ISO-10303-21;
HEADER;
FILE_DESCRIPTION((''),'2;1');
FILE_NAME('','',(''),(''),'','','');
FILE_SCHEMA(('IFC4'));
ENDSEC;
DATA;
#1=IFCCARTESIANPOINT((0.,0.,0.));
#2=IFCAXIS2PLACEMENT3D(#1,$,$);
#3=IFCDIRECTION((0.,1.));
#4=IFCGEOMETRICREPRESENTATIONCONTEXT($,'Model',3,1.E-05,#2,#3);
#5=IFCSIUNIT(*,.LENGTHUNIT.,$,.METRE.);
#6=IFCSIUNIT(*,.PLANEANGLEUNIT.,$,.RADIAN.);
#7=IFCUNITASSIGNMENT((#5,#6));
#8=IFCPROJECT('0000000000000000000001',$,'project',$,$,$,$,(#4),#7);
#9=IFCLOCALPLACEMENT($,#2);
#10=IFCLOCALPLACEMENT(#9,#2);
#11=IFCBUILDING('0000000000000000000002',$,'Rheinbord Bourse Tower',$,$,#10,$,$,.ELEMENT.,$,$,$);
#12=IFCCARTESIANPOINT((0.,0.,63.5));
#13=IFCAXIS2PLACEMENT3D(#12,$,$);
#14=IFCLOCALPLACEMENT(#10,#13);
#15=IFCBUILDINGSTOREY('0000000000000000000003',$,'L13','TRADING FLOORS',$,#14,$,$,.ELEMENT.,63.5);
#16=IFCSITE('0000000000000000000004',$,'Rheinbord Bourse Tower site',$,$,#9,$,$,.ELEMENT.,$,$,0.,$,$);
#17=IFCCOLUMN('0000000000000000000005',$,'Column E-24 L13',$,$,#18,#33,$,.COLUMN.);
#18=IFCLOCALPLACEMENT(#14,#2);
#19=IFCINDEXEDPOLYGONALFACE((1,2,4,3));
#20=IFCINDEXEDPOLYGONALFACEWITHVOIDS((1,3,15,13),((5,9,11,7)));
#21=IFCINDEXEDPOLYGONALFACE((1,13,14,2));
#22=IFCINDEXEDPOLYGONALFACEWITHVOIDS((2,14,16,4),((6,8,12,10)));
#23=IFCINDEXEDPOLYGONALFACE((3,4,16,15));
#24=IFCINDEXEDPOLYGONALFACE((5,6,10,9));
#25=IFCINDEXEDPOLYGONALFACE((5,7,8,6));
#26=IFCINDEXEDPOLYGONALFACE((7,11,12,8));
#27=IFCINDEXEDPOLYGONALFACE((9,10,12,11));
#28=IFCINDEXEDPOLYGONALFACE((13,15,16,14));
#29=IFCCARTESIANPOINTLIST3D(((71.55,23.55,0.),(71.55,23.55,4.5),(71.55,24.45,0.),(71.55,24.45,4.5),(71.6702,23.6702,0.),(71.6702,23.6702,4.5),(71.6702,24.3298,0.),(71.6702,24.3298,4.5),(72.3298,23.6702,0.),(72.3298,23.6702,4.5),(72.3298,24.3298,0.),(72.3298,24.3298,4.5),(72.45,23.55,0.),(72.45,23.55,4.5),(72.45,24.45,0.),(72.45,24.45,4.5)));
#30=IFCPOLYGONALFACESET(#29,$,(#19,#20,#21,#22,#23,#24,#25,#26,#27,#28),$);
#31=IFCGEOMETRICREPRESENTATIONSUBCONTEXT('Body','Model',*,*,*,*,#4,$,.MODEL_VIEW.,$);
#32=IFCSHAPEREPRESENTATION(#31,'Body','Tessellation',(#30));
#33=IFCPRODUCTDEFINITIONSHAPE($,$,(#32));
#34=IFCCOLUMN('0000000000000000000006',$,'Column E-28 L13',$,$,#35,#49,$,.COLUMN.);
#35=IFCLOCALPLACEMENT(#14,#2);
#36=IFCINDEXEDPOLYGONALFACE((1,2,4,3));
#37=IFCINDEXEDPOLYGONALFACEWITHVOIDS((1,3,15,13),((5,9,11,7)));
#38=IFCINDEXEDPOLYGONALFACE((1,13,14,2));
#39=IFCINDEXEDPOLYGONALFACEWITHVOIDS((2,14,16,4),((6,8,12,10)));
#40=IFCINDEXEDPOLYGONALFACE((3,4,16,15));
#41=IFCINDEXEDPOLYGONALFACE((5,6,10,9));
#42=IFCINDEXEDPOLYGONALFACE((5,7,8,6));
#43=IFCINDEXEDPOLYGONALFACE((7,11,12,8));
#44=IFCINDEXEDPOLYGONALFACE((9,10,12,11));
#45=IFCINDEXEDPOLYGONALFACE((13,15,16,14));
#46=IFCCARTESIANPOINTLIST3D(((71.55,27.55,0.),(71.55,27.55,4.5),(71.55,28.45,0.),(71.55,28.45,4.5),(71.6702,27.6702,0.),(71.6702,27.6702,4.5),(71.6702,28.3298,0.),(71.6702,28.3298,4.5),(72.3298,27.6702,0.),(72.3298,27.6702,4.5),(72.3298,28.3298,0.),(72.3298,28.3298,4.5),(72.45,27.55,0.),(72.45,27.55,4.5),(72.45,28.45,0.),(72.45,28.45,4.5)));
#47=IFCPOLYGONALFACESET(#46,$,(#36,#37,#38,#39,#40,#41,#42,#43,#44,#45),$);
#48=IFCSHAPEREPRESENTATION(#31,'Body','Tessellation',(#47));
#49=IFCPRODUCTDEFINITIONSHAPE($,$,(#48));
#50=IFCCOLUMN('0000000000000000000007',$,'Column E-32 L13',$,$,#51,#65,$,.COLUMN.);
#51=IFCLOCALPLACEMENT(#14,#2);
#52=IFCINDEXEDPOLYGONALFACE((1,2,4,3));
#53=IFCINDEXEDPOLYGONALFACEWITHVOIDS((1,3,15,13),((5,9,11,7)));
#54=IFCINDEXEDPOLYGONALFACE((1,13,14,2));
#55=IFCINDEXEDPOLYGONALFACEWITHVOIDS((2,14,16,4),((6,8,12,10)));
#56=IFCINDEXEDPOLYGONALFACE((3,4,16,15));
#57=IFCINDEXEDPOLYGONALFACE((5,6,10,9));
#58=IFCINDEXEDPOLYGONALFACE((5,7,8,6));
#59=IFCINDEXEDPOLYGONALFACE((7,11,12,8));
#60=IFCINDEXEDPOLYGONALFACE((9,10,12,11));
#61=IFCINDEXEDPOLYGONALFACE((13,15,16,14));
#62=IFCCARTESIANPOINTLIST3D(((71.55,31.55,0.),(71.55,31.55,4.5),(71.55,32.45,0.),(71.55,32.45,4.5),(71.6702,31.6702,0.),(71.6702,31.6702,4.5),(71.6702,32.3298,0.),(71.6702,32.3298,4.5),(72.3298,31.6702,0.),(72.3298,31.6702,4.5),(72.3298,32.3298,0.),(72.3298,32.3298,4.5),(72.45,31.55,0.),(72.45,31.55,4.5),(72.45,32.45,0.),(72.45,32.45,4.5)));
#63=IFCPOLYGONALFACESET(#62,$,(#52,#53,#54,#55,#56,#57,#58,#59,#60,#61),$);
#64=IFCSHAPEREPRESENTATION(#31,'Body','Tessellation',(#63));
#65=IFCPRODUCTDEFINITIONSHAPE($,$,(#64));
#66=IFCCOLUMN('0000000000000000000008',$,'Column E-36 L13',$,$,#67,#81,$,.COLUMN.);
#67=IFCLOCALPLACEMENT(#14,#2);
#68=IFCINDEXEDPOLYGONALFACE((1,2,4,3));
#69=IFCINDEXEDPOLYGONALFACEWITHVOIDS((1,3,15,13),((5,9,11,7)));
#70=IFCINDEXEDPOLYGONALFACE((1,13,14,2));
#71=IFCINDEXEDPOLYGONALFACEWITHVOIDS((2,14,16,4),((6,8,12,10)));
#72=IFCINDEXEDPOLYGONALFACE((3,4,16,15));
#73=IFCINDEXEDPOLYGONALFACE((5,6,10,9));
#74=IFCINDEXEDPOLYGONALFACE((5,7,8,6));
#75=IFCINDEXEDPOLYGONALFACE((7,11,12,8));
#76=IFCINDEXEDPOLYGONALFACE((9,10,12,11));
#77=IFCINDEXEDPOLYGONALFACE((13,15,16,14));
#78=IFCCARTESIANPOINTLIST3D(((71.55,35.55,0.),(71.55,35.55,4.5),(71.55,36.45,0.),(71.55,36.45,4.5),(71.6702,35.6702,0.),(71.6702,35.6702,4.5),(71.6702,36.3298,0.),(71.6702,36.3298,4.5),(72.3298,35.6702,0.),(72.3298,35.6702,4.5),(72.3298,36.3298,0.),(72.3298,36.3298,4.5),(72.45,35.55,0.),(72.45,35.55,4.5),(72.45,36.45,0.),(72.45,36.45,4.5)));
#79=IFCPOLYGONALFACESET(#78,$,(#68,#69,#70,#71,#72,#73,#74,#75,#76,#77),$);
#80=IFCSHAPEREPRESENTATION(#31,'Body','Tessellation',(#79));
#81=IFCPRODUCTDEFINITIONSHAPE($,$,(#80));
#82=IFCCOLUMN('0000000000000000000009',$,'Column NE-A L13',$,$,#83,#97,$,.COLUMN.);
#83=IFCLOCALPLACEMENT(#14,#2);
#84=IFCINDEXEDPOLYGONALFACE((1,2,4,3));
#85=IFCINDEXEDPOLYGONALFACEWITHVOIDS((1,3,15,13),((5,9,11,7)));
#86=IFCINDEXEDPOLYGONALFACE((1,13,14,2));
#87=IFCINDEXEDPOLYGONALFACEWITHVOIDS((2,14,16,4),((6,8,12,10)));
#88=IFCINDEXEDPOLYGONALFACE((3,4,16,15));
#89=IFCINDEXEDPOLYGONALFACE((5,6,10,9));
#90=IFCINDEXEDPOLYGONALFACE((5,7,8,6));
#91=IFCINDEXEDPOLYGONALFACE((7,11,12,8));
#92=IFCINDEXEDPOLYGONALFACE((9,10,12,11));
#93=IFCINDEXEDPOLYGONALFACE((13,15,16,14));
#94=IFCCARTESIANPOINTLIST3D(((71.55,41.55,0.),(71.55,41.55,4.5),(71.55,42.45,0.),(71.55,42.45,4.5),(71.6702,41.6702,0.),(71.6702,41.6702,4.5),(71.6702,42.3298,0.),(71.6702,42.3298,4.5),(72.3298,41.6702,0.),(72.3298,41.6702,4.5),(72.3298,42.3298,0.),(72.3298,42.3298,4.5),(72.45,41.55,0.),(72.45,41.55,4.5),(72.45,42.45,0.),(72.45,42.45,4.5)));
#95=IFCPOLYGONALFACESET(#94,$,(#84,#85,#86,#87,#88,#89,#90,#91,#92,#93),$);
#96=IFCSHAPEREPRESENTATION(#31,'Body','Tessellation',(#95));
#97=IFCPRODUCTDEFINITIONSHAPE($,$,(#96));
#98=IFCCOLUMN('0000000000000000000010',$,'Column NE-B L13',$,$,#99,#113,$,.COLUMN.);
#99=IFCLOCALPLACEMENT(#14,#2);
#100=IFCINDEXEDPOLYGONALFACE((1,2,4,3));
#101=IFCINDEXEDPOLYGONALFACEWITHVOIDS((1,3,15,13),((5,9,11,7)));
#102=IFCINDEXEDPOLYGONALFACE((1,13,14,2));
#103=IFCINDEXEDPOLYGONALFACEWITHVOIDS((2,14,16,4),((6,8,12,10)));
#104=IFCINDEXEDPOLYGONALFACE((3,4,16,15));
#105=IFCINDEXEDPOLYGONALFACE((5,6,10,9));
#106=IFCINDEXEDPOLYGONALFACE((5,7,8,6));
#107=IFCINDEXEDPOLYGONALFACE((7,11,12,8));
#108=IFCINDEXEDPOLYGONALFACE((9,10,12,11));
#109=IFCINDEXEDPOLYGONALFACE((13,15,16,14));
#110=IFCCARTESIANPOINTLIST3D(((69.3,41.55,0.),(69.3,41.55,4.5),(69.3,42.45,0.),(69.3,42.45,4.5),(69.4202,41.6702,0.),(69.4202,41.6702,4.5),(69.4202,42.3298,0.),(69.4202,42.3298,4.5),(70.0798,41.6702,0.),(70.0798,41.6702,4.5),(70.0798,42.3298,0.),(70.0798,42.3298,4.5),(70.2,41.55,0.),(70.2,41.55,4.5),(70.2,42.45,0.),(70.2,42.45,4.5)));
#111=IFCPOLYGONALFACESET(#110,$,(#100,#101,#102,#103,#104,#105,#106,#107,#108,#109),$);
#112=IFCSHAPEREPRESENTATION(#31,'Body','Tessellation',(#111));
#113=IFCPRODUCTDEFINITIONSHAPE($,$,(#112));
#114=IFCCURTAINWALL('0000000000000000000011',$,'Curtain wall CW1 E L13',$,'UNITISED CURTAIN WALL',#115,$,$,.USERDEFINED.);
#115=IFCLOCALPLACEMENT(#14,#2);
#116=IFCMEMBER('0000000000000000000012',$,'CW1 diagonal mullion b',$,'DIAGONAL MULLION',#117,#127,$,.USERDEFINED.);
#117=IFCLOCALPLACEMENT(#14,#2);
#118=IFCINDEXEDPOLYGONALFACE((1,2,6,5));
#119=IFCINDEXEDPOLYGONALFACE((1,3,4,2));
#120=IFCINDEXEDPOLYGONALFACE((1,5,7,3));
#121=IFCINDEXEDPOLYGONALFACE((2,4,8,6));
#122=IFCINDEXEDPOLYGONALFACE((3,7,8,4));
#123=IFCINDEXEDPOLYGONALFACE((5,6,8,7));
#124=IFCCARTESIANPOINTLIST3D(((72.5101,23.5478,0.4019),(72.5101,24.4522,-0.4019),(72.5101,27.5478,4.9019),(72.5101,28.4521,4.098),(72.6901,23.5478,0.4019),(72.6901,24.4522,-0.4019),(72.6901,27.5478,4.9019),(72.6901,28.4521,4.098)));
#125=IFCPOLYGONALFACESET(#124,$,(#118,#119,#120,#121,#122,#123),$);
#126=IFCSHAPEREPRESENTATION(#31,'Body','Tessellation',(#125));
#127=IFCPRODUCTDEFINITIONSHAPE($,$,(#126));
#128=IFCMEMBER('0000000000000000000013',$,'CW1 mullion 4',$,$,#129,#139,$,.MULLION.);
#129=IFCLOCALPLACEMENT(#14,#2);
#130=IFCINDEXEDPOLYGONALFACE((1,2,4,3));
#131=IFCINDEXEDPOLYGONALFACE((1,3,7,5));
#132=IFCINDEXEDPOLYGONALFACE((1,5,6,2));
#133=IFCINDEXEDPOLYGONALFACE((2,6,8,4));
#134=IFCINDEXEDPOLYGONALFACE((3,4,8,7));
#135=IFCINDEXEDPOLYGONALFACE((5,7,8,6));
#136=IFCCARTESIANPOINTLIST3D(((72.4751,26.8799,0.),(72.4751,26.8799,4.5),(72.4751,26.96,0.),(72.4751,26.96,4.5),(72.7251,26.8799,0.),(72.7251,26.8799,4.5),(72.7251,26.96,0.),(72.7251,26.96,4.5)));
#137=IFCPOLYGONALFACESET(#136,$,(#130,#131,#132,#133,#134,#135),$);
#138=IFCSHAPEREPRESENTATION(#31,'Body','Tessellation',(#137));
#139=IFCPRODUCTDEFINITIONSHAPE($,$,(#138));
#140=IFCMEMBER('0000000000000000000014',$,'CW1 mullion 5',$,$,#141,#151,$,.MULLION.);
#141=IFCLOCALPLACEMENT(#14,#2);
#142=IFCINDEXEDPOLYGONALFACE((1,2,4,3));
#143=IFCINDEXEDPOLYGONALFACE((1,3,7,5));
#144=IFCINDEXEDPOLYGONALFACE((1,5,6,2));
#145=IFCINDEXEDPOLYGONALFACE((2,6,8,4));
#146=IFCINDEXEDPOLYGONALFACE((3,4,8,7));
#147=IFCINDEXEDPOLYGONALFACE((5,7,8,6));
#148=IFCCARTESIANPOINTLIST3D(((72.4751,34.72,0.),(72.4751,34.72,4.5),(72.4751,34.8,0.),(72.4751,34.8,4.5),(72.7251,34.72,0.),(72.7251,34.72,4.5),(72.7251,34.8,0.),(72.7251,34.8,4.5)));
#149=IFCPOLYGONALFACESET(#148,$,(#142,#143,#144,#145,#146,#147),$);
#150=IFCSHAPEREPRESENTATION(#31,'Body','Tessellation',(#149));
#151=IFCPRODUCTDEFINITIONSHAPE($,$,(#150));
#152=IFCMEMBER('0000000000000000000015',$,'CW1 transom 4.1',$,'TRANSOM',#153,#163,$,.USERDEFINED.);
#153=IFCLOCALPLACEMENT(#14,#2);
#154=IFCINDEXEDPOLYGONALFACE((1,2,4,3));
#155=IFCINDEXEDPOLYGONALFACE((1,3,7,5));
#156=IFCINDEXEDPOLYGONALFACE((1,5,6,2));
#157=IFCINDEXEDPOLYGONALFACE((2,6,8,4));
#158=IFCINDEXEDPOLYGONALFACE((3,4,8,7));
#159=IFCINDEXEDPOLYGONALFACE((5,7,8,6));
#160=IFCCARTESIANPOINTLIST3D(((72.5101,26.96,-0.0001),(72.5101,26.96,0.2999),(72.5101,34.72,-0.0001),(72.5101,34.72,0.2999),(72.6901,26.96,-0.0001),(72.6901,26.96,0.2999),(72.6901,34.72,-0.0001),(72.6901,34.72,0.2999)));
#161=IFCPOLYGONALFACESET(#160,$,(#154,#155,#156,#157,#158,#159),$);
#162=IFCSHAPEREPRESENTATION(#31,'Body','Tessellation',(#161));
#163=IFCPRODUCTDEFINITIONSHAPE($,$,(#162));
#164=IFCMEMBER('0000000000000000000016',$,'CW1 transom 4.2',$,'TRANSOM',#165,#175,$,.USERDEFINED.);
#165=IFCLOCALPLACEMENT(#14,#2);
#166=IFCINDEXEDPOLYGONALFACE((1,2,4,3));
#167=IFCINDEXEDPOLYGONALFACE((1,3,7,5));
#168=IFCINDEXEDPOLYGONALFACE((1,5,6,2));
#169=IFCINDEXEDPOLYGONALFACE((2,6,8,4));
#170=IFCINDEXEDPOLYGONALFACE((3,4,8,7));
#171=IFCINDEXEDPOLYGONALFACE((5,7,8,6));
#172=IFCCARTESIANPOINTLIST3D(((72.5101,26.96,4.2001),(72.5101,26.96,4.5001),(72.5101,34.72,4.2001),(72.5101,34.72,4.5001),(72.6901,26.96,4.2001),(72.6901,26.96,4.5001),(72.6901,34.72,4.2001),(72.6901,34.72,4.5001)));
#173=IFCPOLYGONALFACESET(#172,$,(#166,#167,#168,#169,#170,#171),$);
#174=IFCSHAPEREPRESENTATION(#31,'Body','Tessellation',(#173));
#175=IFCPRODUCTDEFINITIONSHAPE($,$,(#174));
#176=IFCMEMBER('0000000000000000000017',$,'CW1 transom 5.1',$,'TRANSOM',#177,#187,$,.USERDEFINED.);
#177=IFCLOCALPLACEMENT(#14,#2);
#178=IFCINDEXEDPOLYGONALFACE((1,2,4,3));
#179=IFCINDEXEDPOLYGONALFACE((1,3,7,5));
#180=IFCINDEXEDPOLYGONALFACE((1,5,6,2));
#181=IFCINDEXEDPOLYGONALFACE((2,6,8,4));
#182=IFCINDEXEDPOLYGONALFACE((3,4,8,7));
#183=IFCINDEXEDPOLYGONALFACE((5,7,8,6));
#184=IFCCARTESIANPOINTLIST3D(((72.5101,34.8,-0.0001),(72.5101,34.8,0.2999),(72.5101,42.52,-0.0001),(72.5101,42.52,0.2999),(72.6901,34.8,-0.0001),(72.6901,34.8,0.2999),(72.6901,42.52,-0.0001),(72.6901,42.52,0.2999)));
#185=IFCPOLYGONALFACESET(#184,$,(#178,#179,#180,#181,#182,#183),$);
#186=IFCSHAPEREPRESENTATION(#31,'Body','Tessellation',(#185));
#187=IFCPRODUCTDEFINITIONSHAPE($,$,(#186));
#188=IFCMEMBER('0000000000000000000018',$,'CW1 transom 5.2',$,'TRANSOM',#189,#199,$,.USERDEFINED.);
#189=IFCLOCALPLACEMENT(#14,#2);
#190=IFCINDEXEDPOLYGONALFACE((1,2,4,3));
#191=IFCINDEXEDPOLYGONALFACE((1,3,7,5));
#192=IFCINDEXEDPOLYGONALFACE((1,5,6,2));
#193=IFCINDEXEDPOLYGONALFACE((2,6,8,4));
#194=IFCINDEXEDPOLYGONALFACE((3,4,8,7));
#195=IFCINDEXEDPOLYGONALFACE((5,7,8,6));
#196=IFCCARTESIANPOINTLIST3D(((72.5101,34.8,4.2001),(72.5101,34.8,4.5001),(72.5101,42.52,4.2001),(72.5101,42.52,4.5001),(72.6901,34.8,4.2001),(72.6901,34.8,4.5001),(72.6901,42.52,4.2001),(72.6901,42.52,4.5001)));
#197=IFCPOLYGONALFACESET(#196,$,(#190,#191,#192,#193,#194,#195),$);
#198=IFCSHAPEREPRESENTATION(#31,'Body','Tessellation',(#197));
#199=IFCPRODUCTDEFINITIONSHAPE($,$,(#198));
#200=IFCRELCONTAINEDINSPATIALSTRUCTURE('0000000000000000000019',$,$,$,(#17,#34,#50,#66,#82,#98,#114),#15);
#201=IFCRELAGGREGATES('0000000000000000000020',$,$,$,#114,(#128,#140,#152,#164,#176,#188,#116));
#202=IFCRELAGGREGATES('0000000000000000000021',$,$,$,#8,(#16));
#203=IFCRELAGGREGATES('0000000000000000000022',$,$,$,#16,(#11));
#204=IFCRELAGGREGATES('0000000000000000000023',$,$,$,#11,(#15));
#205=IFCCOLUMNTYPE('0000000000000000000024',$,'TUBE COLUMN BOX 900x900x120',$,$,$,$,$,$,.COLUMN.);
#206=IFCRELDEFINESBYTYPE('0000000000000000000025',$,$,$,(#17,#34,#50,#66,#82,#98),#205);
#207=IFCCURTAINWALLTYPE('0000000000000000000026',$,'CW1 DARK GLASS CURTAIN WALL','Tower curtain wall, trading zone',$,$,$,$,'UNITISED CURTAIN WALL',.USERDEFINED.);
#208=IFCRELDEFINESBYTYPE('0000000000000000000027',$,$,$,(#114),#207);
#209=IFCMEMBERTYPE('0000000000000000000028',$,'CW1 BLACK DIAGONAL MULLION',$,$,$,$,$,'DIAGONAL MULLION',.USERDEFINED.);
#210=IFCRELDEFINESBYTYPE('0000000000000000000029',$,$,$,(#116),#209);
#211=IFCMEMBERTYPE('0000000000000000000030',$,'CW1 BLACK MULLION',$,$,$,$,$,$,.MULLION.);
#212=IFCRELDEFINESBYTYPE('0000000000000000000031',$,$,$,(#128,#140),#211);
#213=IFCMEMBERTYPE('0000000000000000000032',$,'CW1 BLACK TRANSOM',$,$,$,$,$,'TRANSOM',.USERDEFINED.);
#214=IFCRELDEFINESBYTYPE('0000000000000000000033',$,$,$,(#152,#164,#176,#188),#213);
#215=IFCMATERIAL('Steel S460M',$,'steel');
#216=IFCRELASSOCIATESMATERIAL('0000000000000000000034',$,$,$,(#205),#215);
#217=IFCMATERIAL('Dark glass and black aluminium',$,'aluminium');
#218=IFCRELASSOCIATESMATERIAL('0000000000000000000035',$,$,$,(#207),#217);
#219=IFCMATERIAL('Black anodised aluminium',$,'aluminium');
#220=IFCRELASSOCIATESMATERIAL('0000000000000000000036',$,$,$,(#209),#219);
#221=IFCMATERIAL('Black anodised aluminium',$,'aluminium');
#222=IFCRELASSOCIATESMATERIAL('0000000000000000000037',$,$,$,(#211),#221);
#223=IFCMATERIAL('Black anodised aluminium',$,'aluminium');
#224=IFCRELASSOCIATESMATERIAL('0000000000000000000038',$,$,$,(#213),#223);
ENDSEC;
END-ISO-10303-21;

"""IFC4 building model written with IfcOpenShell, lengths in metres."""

from ifc_helpers import new_model, si_unit, direction, frame, origin, origin_2d, place, context, subcontext, project, spatial, rectangle, hollow_rectangle, extrude, material, material_profile, profile_set, type_object, element, aggregate, save


model = new_model("IFC4")

# Units and contexts
model_context = context("Model", 3, precision=1e-05, world=origin(), true_north=direction((0.0, 1.0)))
body_context = subcontext(model_context, "Body", "Model", "MODEL_VIEW")
ifc_project = project(units=[si_unit("LENGTHUNIT", "METRE"), si_unit("PLANEANGLEUNIT", "RADIAN")], contexts=[model_context])

# Site, building, storey
site_placement = place(None, origin())
site = spatial("IfcSite", under=ifc_project, at=site_placement, Name="Rheinbord Bourse Tower site", CompositionType="ELEMENT", RefElevation=0.0)
building_placement = place(site_placement, origin())
building = spatial("IfcBuilding", under=site, at=building_placement, Name="Rheinbord Bourse Tower", CompositionType="ELEMENT")
storey_placement = place(building_placement, frame((0.0, 0.0, 63.5)))
storey = spatial("IfcBuildingStorey", under=building, at=storey_placement, Name="L13", Description="TRADING FLOORS", CompositionType="ELEMENT", Elevation=63.5)

# Columns
ifc_material_1 = material(Name="Steel S460M", Category="steel")
ifc_material_profile_1 = material_profile(ifc_material_1, hollow_rectangle(XDim=0.8999, YDim=0.8999, WallThickness=0.1201, at=origin_2d()), Name="BOX 900x900x120")
ifc_profile_set_1 = profile_set([ifc_material_profile_1], Name="Steel S460M")
column_type = type_object("IfcColumnType", Name="TUBE COLUMN BOX 900x900x120", PredefinedType="COLUMN", material=ifc_profile_set_1)
for number, where, z_axis, x_axis, name in (
    (1, (72.0, 24.0, 0.0), (0.0, 0.0, 1.0), (1.0, 0.0, 0.0), "Column E-24 L13"),
    (2, (72.0, 28.0, 0.0), (0.0, 0.0, 1.0), (1.0, 0.0, 0.0), "Column E-28 L13"),
    (3, (72.0, 32.0, 0.0), (0.0, 0.0, 1.0), (1.0, 0.0, 0.0), "Column E-32 L13"),
    (4, (72.0, 36.0, 0.0), (0.0, 0.0, 1.0), (1.0, 0.0, 0.0), "Column E-36 L13"),
    (5, (72.0, 42.0, 0.0), (0.0, 0.0, 1.0), (1.0, 0.0, 0.0), "Column NE-A L13"),
    (6, (69.75, 42.0, 0.0), (0.0, 0.0, 1.0), (1.0, 0.0, 0.0), "Column NE-B L13"),
):
    element("IfcColumn", number, at=place(storey_placement, frame(where, z_axis=z_axis, x_axis=x_axis)), inside=storey, type_object=column_type, Name=name, PredefinedType="COLUMN", context=body_context, shape_type="SweptSolid", body=[
        extrude(hollow_rectangle(XDim=0.8999, YDim=0.8999, WallThickness=0.1201, at=origin_2d()), origin(), (0.0, 0.0, 1.0), 4.5),
    ])

# Curtain wall, members
ifc_material_2 = material(Name="Dark glass and black aluminium", Category="aluminium")
curtain_wall_type = type_object("IfcCurtainWallType", Name="CW1 DARK GLASS CURTAIN WALL", Description="Tower curtain wall, trading zone", ElementType="UNITISED CURTAIN WALL", PredefinedType="USERDEFINED", material=ifc_material_2)
curtain_wall_placement = place(storey_placement, origin())
curtain_wall = element("IfcCurtainWall", 7, at=curtain_wall_placement, inside=storey, type_object=curtain_wall_type, Name="Curtain wall CW1 E L13", ObjectType="UNITISED CURTAIN WALL", PredefinedType="USERDEFINED")
ifc_material_3 = material(Name="Black anodised aluminium", Category="aluminium")
ifc_material_profile_2 = material_profile(ifc_material_3, rectangle(XDim=0.1799, YDim=1.21, at=origin_2d()), Name="CW1 DIAGONAL MULLION 1210x180")
ifc_profile_set_2 = profile_set([ifc_material_profile_2], Name="Black anodised aluminium")
member_type_1 = type_object("IfcMemberType", Name="CW1 BLACK DIAGONAL MULLION", ElementType="DIAGONAL MULLION", PredefinedType="USERDEFINED", material=ifc_profile_set_2)
member_1_placement = place(storey_placement, frame((72.6001, 24.0, 0.0), z_axis=(0.0, 0.664364, 0.747409), x_axis=(-1.0, 0.0, 0.0)))
member_1 = element("IfcMember", 8, at=member_1_placement, type_object=member_type_1, Name="CW1 diagonal mullion b", ObjectType="DIAGONAL MULLION", PredefinedType="USERDEFINED", context=body_context, shape_type="SweptSolid", body=[
    extrude(rectangle(XDim=0.1799, YDim=1.21, at=origin_2d()), origin(), (0.0, 0.0, 1.0), 6.0208),
])
ifc_material_4 = material(Name="Black anodised aluminium", Category="aluminium")
ifc_material_profile_3 = material_profile(ifc_material_4, rectangle(XDim=0.25, YDim=0.0801, at=origin_2d()), Name="CW1 MULLION 80x250")
ifc_profile_set_3 = profile_set([ifc_material_profile_3], Name="Black anodised aluminium")
member_type_2 = type_object("IfcMemberType", Name="CW1 BLACK MULLION", PredefinedType="MULLION", material=ifc_profile_set_3)
member_2_placement = place(storey_placement, frame((72.6001, 26.9199, 0.0), z_axis=(0.0, 0.0, 1.0), x_axis=(-1.0, 0.0, 0.0)))
member_2 = element("IfcMember", 9, at=member_2_placement, type_object=member_type_2, Name="CW1 mullion 4", PredefinedType="MULLION", context=body_context, shape_type="SweptSolid", body=[
    extrude(rectangle(XDim=0.25, YDim=0.0801, at=origin_2d()), origin(), (0.0, 0.0, 1.0), 4.5),
])
member_3_placement = place(storey_placement, frame((72.6001, 34.76, 0.0), z_axis=(0.0, 0.0, 1.0), x_axis=(-1.0, 0.0, 0.0)))
member_3 = element("IfcMember", 10, at=member_3_placement, type_object=member_type_2, Name="CW1 mullion 5", PredefinedType="MULLION", context=body_context, shape_type="SweptSolid", body=[
    extrude(rectangle(XDim=0.25, YDim=0.0801, at=origin_2d()), origin(), (0.0, 0.0, 1.0), 4.5),
])
ifc_material_5 = material(Name="Black anodised aluminium", Category="aluminium")
ifc_material_profile_4 = material_profile(ifc_material_5, rectangle(XDim=0.1799, YDim=0.3, at=origin_2d()), Name="CW1 TRANSOM 300x180")
ifc_profile_set_4 = profile_set([ifc_material_profile_4], Name="Black anodised aluminium")
member_type_3 = type_object("IfcMemberType", Name="CW1 BLACK TRANSOM", ElementType="TRANSOM", PredefinedType="USERDEFINED", material=ifc_profile_set_4)
member_4_placement = place(storey_placement, frame((72.6001, 26.96, 0.1499), z_axis=(0.0, 1.0, 0.0), x_axis=(-1.0, 0.0, 0.0)))
member_4 = element("IfcMember", 11, at=member_4_placement, type_object=member_type_3, Name="CW1 transom 4.1", ObjectType="TRANSOM", PredefinedType="USERDEFINED", context=body_context, shape_type="SweptSolid", body=[
    extrude(rectangle(XDim=0.1799, YDim=0.3, at=origin_2d()), origin(), (0.0, 0.0, 1.0), 7.76),
])
member_5_placement = place(storey_placement, frame((72.6001, 26.96, 4.3501), z_axis=(0.0, 1.0, 0.0), x_axis=(-1.0, 0.0, 0.0)))
member_5 = element("IfcMember", 12, at=member_5_placement, type_object=member_type_3, Name="CW1 transom 4.2", ObjectType="TRANSOM", PredefinedType="USERDEFINED", context=body_context, shape_type="SweptSolid", body=[
    extrude(rectangle(XDim=0.1799, YDim=0.3, at=origin_2d()), origin(), (0.0, 0.0, 1.0), 7.76),
])
member_6_placement = place(storey_placement, frame((72.6001, 34.8, 0.1499), z_axis=(0.0, 1.0, 0.0), x_axis=(-1.0, 0.0, 0.0)))
member_6 = element("IfcMember", 13, at=member_6_placement, type_object=member_type_3, Name="CW1 transom 5.1", ObjectType="TRANSOM", PredefinedType="USERDEFINED", context=body_context, shape_type="SweptSolid", body=[
    extrude(rectangle(XDim=0.1799, YDim=0.3, at=origin_2d()), origin(), (0.0, 0.0, 1.0), 7.72),
])
member_7_placement = place(storey_placement, frame((72.6001, 34.8, 4.3501), z_axis=(0.0, 1.0, 0.0), x_axis=(-1.0, 0.0, 0.0)))
member_7 = element("IfcMember", 14, at=member_7_placement, type_object=member_type_3, Name="CW1 transom 5.2", ObjectType="TRANSOM", PredefinedType="USERDEFINED", context=body_context, shape_type="SweptSolid", body=[
    extrude(rectangle(XDim=0.1799, YDim=0.3, at=origin_2d()), origin(), (0.0, 0.0, 1.0), 7.72),
])

aggregate(curtain_wall, [member_2, member_3, member_4, member_5, member_6, member_7, member_1])

save(model, "model.ifc")
